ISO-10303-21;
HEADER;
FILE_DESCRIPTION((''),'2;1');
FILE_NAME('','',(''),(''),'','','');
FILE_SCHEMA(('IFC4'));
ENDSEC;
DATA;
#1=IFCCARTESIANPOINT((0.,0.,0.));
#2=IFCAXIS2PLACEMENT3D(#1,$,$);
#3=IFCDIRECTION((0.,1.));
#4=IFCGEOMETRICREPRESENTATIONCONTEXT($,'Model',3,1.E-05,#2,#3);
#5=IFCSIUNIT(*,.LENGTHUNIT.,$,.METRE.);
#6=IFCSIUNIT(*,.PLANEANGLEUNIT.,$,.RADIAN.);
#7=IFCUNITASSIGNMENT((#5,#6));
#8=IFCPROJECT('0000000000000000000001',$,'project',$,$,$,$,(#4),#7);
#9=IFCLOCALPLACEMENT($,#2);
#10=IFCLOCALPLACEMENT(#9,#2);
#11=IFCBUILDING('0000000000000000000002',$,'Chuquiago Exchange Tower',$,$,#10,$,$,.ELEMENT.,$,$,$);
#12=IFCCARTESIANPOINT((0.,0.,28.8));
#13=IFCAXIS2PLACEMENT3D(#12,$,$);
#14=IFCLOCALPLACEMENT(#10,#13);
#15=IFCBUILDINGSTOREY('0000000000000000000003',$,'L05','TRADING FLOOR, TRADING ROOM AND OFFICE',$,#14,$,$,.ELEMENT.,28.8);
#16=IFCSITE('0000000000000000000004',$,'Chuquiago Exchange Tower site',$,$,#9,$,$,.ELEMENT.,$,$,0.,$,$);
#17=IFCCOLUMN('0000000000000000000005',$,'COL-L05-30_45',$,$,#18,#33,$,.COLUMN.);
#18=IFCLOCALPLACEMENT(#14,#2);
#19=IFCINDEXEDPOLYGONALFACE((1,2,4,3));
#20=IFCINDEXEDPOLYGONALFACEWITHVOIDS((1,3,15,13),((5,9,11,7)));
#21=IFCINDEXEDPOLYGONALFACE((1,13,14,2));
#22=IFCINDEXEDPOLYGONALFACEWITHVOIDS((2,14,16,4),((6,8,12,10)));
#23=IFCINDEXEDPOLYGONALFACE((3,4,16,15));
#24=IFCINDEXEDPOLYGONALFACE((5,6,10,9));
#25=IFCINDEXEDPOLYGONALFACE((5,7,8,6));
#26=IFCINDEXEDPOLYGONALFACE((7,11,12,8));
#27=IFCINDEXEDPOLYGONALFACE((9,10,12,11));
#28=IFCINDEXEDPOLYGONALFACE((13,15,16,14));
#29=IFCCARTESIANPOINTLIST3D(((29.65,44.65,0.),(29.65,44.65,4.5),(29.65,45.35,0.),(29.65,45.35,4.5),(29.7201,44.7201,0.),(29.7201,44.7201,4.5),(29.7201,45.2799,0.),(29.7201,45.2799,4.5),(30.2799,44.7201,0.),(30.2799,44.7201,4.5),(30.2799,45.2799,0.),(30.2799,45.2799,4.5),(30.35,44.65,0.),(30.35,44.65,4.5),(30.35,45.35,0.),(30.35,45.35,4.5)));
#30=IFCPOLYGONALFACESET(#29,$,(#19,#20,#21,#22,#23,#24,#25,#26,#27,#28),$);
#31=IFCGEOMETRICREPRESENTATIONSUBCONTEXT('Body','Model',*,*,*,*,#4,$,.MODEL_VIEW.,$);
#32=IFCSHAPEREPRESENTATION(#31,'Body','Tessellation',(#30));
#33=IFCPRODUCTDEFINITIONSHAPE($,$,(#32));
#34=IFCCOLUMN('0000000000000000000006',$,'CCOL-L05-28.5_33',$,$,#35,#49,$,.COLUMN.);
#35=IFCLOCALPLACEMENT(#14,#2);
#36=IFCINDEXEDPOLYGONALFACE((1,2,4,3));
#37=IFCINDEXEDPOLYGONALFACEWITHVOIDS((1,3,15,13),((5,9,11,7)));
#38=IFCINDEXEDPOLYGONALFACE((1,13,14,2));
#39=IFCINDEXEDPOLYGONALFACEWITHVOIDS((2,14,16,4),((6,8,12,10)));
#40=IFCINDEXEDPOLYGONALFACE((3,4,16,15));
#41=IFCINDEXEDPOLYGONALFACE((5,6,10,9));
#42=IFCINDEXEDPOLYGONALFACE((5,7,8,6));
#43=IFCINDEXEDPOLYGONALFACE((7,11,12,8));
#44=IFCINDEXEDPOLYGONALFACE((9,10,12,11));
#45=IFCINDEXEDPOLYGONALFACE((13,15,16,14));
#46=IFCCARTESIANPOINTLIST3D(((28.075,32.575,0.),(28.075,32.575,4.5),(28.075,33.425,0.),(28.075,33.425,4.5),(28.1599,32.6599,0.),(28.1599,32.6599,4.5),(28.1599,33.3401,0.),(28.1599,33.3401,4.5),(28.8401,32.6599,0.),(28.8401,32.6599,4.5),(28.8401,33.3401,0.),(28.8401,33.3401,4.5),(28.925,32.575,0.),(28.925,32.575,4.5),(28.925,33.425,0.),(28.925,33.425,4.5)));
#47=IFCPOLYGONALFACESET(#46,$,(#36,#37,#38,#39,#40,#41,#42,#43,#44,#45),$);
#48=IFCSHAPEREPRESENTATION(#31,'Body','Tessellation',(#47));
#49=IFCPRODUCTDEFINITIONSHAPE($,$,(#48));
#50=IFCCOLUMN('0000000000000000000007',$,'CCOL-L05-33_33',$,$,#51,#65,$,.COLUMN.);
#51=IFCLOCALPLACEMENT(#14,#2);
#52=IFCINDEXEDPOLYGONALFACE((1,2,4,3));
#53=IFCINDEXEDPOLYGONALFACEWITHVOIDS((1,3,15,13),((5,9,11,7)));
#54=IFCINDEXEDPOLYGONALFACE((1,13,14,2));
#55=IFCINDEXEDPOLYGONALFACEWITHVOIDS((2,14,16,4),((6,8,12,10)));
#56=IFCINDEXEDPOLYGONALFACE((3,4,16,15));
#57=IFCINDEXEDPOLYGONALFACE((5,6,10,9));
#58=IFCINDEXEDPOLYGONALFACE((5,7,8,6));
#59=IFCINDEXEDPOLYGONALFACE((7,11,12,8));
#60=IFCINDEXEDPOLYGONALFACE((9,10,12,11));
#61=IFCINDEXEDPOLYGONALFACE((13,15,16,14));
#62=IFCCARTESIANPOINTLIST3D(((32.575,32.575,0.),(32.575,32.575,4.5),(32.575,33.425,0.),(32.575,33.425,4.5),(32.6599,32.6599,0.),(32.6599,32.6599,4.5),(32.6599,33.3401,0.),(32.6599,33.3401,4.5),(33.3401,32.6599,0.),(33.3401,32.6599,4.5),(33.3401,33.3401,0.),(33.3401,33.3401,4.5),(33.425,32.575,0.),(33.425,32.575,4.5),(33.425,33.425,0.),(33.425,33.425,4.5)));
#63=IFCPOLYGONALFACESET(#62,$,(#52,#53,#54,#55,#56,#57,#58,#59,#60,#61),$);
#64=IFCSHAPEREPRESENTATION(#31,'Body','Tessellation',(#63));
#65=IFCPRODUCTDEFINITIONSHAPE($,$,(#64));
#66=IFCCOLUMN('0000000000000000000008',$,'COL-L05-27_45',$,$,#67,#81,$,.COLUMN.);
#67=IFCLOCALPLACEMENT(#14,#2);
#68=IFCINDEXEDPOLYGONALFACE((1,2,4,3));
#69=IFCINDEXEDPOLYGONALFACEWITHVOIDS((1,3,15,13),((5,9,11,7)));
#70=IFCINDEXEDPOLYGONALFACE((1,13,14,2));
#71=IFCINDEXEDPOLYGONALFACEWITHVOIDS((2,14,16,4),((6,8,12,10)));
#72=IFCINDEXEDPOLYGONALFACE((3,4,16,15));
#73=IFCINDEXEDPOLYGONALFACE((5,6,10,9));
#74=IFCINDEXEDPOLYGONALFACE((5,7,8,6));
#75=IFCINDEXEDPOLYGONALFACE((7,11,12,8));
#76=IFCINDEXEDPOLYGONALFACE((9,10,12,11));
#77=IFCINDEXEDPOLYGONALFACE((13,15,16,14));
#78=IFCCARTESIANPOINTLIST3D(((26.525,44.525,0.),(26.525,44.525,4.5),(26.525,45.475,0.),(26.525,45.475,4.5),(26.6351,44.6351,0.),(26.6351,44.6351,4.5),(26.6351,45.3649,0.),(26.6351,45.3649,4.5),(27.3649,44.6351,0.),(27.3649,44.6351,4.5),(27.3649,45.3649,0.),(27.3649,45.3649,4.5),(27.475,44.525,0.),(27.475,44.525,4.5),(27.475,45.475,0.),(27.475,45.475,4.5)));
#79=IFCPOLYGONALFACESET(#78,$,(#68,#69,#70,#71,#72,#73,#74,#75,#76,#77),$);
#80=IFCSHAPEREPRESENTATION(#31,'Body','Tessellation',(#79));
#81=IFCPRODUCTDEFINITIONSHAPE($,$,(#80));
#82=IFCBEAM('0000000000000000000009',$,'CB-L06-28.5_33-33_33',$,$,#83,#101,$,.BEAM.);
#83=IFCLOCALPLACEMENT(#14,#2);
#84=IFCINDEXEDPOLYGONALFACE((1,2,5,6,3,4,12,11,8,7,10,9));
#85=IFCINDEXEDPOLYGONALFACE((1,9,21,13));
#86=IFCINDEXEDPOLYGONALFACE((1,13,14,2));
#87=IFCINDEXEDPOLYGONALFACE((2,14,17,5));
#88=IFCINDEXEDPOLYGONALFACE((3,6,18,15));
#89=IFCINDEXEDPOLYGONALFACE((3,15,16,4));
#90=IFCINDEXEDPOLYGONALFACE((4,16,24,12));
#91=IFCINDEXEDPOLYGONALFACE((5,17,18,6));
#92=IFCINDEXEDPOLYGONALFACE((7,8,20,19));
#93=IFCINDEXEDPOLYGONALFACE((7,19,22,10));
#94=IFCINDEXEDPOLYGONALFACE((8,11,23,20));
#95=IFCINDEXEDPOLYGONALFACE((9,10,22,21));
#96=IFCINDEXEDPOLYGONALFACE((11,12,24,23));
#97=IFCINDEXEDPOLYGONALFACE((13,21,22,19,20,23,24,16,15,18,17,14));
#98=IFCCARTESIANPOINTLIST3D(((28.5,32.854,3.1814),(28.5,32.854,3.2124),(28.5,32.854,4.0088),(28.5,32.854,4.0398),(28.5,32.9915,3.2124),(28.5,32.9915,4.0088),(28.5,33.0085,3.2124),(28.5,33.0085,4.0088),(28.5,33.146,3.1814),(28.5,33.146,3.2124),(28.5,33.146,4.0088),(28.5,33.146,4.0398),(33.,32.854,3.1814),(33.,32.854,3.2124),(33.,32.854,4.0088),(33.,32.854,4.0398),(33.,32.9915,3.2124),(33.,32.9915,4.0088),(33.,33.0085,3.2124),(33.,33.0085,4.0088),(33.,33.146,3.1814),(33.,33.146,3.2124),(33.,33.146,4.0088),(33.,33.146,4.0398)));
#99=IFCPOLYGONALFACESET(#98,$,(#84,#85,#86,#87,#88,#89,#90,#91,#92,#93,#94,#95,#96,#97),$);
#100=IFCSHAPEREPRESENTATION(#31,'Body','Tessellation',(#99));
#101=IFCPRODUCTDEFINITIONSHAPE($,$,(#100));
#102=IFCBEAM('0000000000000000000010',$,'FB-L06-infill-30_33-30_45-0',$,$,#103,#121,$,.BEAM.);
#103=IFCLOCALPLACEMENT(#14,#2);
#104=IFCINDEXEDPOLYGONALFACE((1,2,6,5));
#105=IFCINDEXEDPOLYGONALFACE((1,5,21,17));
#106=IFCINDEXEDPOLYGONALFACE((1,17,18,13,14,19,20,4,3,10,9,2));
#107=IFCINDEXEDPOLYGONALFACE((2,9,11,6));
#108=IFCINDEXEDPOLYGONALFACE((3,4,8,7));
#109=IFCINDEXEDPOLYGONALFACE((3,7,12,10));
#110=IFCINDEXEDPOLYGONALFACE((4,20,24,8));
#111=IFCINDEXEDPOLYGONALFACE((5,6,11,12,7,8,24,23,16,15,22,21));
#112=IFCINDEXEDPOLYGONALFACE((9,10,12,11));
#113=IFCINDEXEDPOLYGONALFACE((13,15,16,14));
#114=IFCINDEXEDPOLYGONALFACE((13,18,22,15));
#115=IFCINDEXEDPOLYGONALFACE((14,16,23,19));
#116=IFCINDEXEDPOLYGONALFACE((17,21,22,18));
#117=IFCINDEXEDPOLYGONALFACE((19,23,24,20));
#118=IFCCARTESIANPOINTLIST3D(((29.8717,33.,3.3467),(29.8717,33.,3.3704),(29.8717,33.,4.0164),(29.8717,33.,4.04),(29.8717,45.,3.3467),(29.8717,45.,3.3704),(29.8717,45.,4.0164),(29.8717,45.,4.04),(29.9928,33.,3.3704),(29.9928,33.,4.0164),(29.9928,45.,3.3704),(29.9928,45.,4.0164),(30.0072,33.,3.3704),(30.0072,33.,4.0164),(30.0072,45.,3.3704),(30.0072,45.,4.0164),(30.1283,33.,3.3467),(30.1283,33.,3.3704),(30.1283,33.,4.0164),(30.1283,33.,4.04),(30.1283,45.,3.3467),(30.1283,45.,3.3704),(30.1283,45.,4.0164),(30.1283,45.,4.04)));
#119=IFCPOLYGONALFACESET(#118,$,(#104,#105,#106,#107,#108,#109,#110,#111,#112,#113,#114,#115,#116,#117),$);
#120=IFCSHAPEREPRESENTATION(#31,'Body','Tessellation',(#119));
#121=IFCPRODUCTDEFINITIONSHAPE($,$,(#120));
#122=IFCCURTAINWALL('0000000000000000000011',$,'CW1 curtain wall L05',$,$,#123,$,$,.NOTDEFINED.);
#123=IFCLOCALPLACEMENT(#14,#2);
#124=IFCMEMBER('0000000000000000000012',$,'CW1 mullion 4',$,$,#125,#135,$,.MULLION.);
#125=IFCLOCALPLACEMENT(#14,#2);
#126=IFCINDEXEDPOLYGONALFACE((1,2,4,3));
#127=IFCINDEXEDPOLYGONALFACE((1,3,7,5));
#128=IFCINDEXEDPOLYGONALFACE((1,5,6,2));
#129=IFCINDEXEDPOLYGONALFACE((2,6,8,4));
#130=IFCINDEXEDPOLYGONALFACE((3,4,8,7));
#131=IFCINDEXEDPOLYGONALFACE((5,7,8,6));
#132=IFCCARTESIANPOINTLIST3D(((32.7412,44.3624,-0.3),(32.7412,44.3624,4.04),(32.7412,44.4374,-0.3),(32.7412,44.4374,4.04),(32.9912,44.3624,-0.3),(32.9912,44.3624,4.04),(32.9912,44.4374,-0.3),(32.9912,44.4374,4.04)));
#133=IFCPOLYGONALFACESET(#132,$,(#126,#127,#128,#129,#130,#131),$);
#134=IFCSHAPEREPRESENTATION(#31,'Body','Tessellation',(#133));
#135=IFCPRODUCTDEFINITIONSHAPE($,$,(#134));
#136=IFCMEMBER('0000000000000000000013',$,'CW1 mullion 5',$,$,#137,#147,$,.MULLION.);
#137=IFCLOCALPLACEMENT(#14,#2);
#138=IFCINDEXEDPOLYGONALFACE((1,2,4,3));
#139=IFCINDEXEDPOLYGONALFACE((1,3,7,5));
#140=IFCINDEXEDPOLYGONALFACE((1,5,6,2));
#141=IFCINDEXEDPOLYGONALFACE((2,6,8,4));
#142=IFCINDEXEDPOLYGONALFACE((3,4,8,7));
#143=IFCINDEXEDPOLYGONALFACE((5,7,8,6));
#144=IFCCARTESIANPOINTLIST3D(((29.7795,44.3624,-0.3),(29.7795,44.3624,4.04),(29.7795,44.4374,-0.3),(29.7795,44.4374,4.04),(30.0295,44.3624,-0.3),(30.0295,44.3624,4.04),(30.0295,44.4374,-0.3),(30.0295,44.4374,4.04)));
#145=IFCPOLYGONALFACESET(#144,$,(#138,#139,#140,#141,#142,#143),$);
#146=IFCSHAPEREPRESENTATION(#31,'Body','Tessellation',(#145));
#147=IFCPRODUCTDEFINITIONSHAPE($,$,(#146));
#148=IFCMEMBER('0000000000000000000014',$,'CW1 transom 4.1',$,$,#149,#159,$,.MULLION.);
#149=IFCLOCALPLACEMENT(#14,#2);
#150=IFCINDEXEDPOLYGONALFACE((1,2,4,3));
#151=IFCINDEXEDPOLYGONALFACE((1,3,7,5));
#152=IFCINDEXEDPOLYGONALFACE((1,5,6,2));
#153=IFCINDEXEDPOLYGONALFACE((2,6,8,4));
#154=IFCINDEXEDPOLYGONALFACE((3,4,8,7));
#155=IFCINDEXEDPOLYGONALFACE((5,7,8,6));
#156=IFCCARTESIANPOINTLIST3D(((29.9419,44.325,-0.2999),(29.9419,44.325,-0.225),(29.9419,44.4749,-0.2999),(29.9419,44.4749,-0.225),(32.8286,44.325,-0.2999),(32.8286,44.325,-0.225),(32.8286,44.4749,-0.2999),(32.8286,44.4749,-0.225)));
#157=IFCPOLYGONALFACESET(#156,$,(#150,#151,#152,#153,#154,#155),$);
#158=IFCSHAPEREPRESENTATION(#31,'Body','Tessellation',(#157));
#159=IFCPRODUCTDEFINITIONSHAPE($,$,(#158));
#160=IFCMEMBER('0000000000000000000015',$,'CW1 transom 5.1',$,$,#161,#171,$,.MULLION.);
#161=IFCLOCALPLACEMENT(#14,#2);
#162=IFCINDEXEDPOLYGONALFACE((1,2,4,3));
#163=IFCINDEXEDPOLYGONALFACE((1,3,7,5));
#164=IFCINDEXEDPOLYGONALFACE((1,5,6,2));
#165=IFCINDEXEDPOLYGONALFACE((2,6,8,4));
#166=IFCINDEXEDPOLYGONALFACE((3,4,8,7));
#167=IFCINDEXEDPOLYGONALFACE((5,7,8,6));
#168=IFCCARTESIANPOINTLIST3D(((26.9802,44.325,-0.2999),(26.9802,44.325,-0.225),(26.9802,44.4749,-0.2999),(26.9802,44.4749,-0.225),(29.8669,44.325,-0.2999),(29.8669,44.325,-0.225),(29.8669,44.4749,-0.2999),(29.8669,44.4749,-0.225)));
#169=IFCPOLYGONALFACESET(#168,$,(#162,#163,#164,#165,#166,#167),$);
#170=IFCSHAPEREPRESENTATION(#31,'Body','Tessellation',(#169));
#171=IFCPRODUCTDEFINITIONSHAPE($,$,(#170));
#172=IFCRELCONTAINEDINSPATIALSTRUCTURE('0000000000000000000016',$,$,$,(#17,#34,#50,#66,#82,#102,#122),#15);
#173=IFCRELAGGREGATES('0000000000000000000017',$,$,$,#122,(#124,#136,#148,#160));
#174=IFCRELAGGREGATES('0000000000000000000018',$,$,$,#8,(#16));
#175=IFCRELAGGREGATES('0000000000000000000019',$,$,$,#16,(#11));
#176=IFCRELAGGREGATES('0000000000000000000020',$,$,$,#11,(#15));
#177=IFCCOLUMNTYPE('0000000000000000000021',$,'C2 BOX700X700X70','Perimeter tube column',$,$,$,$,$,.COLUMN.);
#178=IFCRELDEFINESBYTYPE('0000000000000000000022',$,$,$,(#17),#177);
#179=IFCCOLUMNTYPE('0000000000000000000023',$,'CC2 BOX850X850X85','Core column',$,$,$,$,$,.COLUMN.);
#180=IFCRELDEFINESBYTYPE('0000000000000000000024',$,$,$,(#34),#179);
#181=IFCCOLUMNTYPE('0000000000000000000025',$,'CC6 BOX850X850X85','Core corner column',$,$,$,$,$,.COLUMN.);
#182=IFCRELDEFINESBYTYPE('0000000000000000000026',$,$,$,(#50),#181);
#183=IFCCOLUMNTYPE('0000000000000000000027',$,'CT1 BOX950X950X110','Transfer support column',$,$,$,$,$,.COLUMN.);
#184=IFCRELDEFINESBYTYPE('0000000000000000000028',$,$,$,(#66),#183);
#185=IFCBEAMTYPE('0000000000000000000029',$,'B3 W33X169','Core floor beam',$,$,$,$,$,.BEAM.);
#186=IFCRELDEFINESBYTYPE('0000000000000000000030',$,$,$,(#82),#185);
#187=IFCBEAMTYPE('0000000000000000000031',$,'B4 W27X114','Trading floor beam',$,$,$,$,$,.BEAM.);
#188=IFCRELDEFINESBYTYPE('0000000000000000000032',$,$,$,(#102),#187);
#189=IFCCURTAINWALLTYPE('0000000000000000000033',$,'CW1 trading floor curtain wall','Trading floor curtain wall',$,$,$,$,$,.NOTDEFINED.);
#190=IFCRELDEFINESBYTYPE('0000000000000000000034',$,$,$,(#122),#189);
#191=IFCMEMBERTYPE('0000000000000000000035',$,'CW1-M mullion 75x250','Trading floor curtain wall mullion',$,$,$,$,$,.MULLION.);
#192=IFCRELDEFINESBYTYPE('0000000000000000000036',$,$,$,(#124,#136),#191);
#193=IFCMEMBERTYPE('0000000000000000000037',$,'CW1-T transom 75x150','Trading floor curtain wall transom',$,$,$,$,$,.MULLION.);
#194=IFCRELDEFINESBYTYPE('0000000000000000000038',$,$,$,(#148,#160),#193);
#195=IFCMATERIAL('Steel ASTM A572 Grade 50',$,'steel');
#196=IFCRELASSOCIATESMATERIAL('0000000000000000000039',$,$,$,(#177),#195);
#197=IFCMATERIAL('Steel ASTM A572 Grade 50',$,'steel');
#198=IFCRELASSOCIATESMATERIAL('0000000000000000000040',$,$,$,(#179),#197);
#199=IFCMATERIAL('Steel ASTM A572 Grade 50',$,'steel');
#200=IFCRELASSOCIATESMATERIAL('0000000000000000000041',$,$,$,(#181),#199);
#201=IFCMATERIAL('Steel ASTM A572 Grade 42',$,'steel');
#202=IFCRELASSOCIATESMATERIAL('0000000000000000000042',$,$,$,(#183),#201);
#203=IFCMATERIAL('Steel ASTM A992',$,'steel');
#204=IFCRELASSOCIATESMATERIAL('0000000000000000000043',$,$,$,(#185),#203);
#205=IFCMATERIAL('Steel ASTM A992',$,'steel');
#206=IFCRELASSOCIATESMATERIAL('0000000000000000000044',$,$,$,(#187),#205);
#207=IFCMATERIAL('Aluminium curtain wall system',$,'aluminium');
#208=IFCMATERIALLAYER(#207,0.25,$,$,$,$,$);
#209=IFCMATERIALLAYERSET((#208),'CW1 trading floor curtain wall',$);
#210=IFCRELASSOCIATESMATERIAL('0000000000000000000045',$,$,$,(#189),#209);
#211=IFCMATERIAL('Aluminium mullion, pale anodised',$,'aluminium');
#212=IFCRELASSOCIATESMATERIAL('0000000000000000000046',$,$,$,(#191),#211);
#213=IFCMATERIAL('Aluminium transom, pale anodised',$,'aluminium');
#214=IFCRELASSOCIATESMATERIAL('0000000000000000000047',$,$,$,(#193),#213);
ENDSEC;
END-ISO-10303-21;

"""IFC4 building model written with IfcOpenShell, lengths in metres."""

from ifc_helpers import new_model, si_unit, direction, frame, origin, origin_2d, place, context, subcontext, project, spatial, rectangle, hollow_rectangle, i_section, extrude, material, layer, layer_set, material_profile, profile_set, type_object, element, aggregate, save


model = new_model("IFC4")

# Units and contexts
model_context = context("Model", 3, precision=1e-05, world=origin(), true_north=direction((0.0, 1.0)))
body_context = subcontext(model_context, "Body", "Model", "MODEL_VIEW")
ifc_project = project(units=[si_unit("LENGTHUNIT", "METRE"), si_unit("PLANEANGLEUNIT", "RADIAN")], contexts=[model_context])

# Site, building, storey
site_placement = place(None, origin())
site = spatial("IfcSite", under=ifc_project, at=site_placement, Name="Chuquiago Exchange Tower site", CompositionType="ELEMENT", RefElevation=0.0)
building_placement = place(site_placement, origin())
building = spatial("IfcBuilding", under=site, at=building_placement, Name="Chuquiago Exchange Tower", CompositionType="ELEMENT")
storey_placement = place(building_placement, frame((0.0, 0.0, 28.8)))
storey = spatial("IfcBuildingStorey", under=building, at=storey_placement, Name="L05", Description="TRADING FLOOR, TRADING ROOM AND OFFICE", CompositionType="ELEMENT", Elevation=28.8)

# Columns
ifc_material_1 = material(Name="Steel ASTM A572 Grade 50", Category="steel")
ifc_material_profile_1 = material_profile(ifc_material_1, hollow_rectangle(XDim=0.7, YDim=0.7, WallThickness=0.0701, at=origin_2d()), Name="BOX700X700X70")
ifc_profile_set_1 = profile_set([ifc_material_profile_1], Name="Steel ASTM A572 Grade 50")
column_type_1 = type_object("IfcColumnType", Name="C2 BOX700X700X70", Description="Perimeter tube column", PredefinedType="COLUMN", material=ifc_profile_set_1)
column_1_placement = place(storey_placement, frame((30.0, 45.0, 0.0), z_axis=(0.0, 0.0, 1.0), x_axis=(0.0, 1.0, 0.0)))
element("IfcColumn", 1, at=column_1_placement, inside=storey, type_object=column_type_1, Name="COL-L05-30_45", PredefinedType="COLUMN", context=body_context, shape_type="SweptSolid", body=[
    extrude(hollow_rectangle(XDim=0.7, YDim=0.7, WallThickness=0.0701, at=origin_2d()), origin(), (0.0, 0.0, 1.0), 4.5),
])
ifc_material_2 = material(Name="Steel ASTM A572 Grade 50", Category="steel")
ifc_material_profile_2 = material_profile(ifc_material_2, hollow_rectangle(XDim=0.8501, YDim=0.8501, WallThickness=0.085, at=origin_2d()), Name="BOX850X850X85")
ifc_profile_set_2 = profile_set([ifc_material_profile_2], Name="Steel ASTM A572 Grade 50")
column_type_2 = type_object("IfcColumnType", Name="CC2 BOX850X850X85", Description="Core column", PredefinedType="COLUMN", material=ifc_profile_set_2)
column_2_placement = place(storey_placement, frame((28.5, 33.0, 0.0), z_axis=(0.0, 0.0, 1.0), x_axis=(1.0, 0.0, 0.0)))
element("IfcColumn", 2, at=column_2_placement, inside=storey, type_object=column_type_2, Name="CCOL-L05-28.5_33", PredefinedType="COLUMN", context=body_context, shape_type="SweptSolid", body=[
    extrude(hollow_rectangle(XDim=0.8501, YDim=0.8501, WallThickness=0.085, at=origin_2d()), origin(), (0.0, 0.0, 1.0), 4.5),
])
ifc_material_3 = material(Name="Steel ASTM A572 Grade 50", Category="steel")
ifc_material_profile_3 = material_profile(ifc_material_3, hollow_rectangle(XDim=0.8501, YDim=0.8501, WallThickness=0.085, at=origin_2d()), Name="BOX850X850X85")
ifc_profile_set_3 = profile_set([ifc_material_profile_3], Name="Steel ASTM A572 Grade 50")
column_type_3 = type_object("IfcColumnType", Name="CC6 BOX850X850X85", Description="Core corner column", PredefinedType="COLUMN", material=ifc_profile_set_3)
column_3_placement = place(storey_placement, frame((33.0, 33.0, 0.0), z_axis=(0.0, 0.0, 1.0), x_axis=(1.0, 0.0, 0.0)))
element("IfcColumn", 3, at=column_3_placement, inside=storey, type_object=column_type_3, Name="CCOL-L05-33_33", PredefinedType="COLUMN", context=body_context, shape_type="SweptSolid", body=[
    extrude(hollow_rectangle(XDim=0.8501, YDim=0.8501, WallThickness=0.085, at=origin_2d()), origin(), (0.0, 0.0, 1.0), 4.5),
])
ifc_material_4 = material(Name="Steel ASTM A572 Grade 42", Category="steel")
ifc_material_profile_4 = material_profile(ifc_material_4, hollow_rectangle(XDim=0.95, YDim=0.95, WallThickness=0.1101, at=origin_2d()), Name="BOX950X950X110")
ifc_profile_set_4 = profile_set([ifc_material_profile_4], Name="Steel ASTM A572 Grade 42")
column_type_4 = type_object("IfcColumnType", Name="CT1 BOX950X950X110", Description="Transfer support column", PredefinedType="COLUMN", material=ifc_profile_set_4)
column_4_placement = place(storey_placement, frame((27.0, 45.0, 0.0), z_axis=(0.0, 0.0, 1.0), x_axis=(0.0, 1.0, 0.0)))
element("IfcColumn", 4, at=column_4_placement, inside=storey, type_object=column_type_4, Name="COL-L05-27_45", PredefinedType="COLUMN", context=body_context, shape_type="SweptSolid", body=[
    extrude(hollow_rectangle(XDim=0.95, YDim=0.95, WallThickness=0.1101, at=origin_2d()), origin(), (0.0, 0.0, 1.0), 4.5),
])

# Beams
ifc_material_5 = material(Name="Steel ASTM A992", Category="steel")
ifc_material_profile_5 = material_profile(ifc_material_5, i_section(OverallWidth=0.292, OverallDepth=0.8584, WebThickness=0.0171, FlangeThickness=0.031, at=origin_2d()), Name="W33X169")
ifc_profile_set_5 = profile_set([ifc_material_profile_5], Name="Steel ASTM A992")
beam_type_1 = type_object("IfcBeamType", Name="B3 W33X169", Description="Core floor beam", PredefinedType="BEAM", material=ifc_profile_set_5)
beam_1_placement = place(storey_placement, frame((28.5, 33.0, 3.6106), z_axis=(1.0, 0.0, 0.0), x_axis=(0.0, 1.0, 0.0)))
element("IfcBeam", 5, at=beam_1_placement, inside=storey, type_object=beam_type_1, Name="CB-L06-28.5_33-33_33", PredefinedType="BEAM", context=body_context, shape_type="SweptSolid", body=[
    extrude(i_section(OverallWidth=0.292, OverallDepth=0.8584, WebThickness=0.0171, FlangeThickness=0.031, at=origin_2d()), origin(), (0.0, 0.0, 1.0), 4.5),
])
ifc_material_6 = material(Name="Steel ASTM A992", Category="steel")
ifc_material_profile_6 = material_profile(ifc_material_6, i_section(OverallWidth=0.2566, OverallDepth=0.6934, WebThickness=0.0144, FlangeThickness=0.0237, at=origin_2d()), Name="W27X114")
ifc_profile_set_6 = profile_set([ifc_material_profile_6], Name="Steel ASTM A992")
beam_type_2 = type_object("IfcBeamType", Name="B4 W27X114", Description="Trading floor beam", PredefinedType="BEAM", material=ifc_profile_set_6)
beam_2_placement = place(storey_placement, frame((30.0, 33.0, 3.6934), z_axis=(0.0, 1.0, 0.0), x_axis=(-1.0, 0.0, 0.0)))
element("IfcBeam", 6, at=beam_2_placement, inside=storey, type_object=beam_type_2, Name="FB-L06-infill-30_33-30_45-0", PredefinedType="BEAM", context=body_context, shape_type="SweptSolid", body=[
    extrude(i_section(OverallWidth=0.2566, OverallDepth=0.6934, WebThickness=0.0144, FlangeThickness=0.0237, at=origin_2d()), origin(), (0.0, 0.0, 1.0), 12.0),
])

# Curtain wall, members
ifc_material_7 = material(Name="Aluminium curtain wall system", Category="aluminium")
ifc_layer_1 = layer(ifc_material_7, 0.25)
ifc_layer_set_1 = layer_set([ifc_layer_1], Name="CW1 trading floor curtain wall")
curtain_wall_type = type_object("IfcCurtainWallType", Name="CW1 trading floor curtain wall", Description="Trading floor curtain wall", PredefinedType="NOTDEFINED", material=ifc_layer_set_1)
curtain_wall_placement = place(storey_placement, origin())
curtain_wall = element("IfcCurtainWall", 7, at=curtain_wall_placement, inside=storey, type_object=curtain_wall_type, Name="CW1 curtain wall L05", PredefinedType="NOTDEFINED")
ifc_material_8 = material(Name="Aluminium mullion, pale anodised", Category="aluminium")
ifc_material_profile_7 = material_profile(ifc_material_8, rectangle(XDim=0.075, YDim=0.25, at=origin_2d()), Name="AL 75x250")
ifc_profile_set_7 = profile_set([ifc_material_profile_7], Name="Aluminium mullion, pale anodised")
member_type_1 = type_object("IfcMemberType", Name="CW1-M mullion 75x250", Description="Trading floor curtain wall mullion", PredefinedType="MULLION", material=ifc_profile_set_7)
member_1_placement = place(storey_placement, frame((32.8662, 44.3999, -0.3), z_axis=(0.0, 0.0, 1.0), x_axis=(0.0, -1.0, 0.0)))
member_1 = element("IfcMember", 8, at=member_1_placement, type_object=member_type_1, Name="CW1 mullion 4", PredefinedType="MULLION", context=body_context, shape_type="SweptSolid", body=[
    extrude(rectangle(XDim=0.075, YDim=0.25, at=origin_2d()), origin(), (0.0, 0.0, 1.0), 4.3401),
])
member_2_placement = place(storey_placement, frame((29.9045, 44.3999, -0.3), z_axis=(0.0, 0.0, 1.0), x_axis=(0.0, -1.0, 0.0)))
member_2 = element("IfcMember", 9, at=member_2_placement, type_object=member_type_1, Name="CW1 mullion 5", PredefinedType="MULLION", context=body_context, shape_type="SweptSolid", body=[
    extrude(rectangle(XDim=0.075, YDim=0.25, at=origin_2d()), origin(), (0.0, 0.0, 1.0), 4.3401),
])
ifc_material_9 = material(Name="Aluminium transom, pale anodised", Category="aluminium")
ifc_material_profile_8 = material_profile(ifc_material_9, rectangle(XDim=0.1499, YDim=0.075, at=origin_2d()), Name="AL 150x75")
ifc_profile_set_8 = profile_set([ifc_material_profile_8], Name="Aluminium transom, pale anodised")
member_type_2 = type_object("IfcMemberType", Name="CW1-T transom 75x150", Description="Trading floor curtain wall transom", PredefinedType="MULLION", material=ifc_profile_set_8)
member_3_placement = place(storey_placement, frame((32.8286, 44.3999, -0.2625), z_axis=(-1.0, 0.0, 0.0), x_axis=(0.0, -1.0, 0.0)))
member_3 = element("IfcMember", 10, at=member_3_placement, type_object=member_type_2, Name="CW1 transom 4.1", PredefinedType="MULLION", context=body_context, shape_type="SweptSolid", body=[
    extrude(rectangle(XDim=0.1499, YDim=0.075, at=origin_2d()), origin(), (0.0, 0.0, 1.0), 2.8867),
])
member_4_placement = place(storey_placement, frame((29.8669, 44.3999, -0.2625), z_axis=(-1.0, 0.0, 0.0), x_axis=(0.0, -1.0, 0.0)))
member_4 = element("IfcMember", 11, at=member_4_placement, type_object=member_type_2, Name="CW1 transom 5.1", PredefinedType="MULLION", context=body_context, shape_type="SweptSolid", body=[
    extrude(rectangle(XDim=0.1499, YDim=0.075, at=origin_2d()), origin(), (0.0, 0.0, 1.0), 2.8867),
])

aggregate(curtain_wall, [member_1, member_2, member_3, member_4])

save(model, "model.ifc")
